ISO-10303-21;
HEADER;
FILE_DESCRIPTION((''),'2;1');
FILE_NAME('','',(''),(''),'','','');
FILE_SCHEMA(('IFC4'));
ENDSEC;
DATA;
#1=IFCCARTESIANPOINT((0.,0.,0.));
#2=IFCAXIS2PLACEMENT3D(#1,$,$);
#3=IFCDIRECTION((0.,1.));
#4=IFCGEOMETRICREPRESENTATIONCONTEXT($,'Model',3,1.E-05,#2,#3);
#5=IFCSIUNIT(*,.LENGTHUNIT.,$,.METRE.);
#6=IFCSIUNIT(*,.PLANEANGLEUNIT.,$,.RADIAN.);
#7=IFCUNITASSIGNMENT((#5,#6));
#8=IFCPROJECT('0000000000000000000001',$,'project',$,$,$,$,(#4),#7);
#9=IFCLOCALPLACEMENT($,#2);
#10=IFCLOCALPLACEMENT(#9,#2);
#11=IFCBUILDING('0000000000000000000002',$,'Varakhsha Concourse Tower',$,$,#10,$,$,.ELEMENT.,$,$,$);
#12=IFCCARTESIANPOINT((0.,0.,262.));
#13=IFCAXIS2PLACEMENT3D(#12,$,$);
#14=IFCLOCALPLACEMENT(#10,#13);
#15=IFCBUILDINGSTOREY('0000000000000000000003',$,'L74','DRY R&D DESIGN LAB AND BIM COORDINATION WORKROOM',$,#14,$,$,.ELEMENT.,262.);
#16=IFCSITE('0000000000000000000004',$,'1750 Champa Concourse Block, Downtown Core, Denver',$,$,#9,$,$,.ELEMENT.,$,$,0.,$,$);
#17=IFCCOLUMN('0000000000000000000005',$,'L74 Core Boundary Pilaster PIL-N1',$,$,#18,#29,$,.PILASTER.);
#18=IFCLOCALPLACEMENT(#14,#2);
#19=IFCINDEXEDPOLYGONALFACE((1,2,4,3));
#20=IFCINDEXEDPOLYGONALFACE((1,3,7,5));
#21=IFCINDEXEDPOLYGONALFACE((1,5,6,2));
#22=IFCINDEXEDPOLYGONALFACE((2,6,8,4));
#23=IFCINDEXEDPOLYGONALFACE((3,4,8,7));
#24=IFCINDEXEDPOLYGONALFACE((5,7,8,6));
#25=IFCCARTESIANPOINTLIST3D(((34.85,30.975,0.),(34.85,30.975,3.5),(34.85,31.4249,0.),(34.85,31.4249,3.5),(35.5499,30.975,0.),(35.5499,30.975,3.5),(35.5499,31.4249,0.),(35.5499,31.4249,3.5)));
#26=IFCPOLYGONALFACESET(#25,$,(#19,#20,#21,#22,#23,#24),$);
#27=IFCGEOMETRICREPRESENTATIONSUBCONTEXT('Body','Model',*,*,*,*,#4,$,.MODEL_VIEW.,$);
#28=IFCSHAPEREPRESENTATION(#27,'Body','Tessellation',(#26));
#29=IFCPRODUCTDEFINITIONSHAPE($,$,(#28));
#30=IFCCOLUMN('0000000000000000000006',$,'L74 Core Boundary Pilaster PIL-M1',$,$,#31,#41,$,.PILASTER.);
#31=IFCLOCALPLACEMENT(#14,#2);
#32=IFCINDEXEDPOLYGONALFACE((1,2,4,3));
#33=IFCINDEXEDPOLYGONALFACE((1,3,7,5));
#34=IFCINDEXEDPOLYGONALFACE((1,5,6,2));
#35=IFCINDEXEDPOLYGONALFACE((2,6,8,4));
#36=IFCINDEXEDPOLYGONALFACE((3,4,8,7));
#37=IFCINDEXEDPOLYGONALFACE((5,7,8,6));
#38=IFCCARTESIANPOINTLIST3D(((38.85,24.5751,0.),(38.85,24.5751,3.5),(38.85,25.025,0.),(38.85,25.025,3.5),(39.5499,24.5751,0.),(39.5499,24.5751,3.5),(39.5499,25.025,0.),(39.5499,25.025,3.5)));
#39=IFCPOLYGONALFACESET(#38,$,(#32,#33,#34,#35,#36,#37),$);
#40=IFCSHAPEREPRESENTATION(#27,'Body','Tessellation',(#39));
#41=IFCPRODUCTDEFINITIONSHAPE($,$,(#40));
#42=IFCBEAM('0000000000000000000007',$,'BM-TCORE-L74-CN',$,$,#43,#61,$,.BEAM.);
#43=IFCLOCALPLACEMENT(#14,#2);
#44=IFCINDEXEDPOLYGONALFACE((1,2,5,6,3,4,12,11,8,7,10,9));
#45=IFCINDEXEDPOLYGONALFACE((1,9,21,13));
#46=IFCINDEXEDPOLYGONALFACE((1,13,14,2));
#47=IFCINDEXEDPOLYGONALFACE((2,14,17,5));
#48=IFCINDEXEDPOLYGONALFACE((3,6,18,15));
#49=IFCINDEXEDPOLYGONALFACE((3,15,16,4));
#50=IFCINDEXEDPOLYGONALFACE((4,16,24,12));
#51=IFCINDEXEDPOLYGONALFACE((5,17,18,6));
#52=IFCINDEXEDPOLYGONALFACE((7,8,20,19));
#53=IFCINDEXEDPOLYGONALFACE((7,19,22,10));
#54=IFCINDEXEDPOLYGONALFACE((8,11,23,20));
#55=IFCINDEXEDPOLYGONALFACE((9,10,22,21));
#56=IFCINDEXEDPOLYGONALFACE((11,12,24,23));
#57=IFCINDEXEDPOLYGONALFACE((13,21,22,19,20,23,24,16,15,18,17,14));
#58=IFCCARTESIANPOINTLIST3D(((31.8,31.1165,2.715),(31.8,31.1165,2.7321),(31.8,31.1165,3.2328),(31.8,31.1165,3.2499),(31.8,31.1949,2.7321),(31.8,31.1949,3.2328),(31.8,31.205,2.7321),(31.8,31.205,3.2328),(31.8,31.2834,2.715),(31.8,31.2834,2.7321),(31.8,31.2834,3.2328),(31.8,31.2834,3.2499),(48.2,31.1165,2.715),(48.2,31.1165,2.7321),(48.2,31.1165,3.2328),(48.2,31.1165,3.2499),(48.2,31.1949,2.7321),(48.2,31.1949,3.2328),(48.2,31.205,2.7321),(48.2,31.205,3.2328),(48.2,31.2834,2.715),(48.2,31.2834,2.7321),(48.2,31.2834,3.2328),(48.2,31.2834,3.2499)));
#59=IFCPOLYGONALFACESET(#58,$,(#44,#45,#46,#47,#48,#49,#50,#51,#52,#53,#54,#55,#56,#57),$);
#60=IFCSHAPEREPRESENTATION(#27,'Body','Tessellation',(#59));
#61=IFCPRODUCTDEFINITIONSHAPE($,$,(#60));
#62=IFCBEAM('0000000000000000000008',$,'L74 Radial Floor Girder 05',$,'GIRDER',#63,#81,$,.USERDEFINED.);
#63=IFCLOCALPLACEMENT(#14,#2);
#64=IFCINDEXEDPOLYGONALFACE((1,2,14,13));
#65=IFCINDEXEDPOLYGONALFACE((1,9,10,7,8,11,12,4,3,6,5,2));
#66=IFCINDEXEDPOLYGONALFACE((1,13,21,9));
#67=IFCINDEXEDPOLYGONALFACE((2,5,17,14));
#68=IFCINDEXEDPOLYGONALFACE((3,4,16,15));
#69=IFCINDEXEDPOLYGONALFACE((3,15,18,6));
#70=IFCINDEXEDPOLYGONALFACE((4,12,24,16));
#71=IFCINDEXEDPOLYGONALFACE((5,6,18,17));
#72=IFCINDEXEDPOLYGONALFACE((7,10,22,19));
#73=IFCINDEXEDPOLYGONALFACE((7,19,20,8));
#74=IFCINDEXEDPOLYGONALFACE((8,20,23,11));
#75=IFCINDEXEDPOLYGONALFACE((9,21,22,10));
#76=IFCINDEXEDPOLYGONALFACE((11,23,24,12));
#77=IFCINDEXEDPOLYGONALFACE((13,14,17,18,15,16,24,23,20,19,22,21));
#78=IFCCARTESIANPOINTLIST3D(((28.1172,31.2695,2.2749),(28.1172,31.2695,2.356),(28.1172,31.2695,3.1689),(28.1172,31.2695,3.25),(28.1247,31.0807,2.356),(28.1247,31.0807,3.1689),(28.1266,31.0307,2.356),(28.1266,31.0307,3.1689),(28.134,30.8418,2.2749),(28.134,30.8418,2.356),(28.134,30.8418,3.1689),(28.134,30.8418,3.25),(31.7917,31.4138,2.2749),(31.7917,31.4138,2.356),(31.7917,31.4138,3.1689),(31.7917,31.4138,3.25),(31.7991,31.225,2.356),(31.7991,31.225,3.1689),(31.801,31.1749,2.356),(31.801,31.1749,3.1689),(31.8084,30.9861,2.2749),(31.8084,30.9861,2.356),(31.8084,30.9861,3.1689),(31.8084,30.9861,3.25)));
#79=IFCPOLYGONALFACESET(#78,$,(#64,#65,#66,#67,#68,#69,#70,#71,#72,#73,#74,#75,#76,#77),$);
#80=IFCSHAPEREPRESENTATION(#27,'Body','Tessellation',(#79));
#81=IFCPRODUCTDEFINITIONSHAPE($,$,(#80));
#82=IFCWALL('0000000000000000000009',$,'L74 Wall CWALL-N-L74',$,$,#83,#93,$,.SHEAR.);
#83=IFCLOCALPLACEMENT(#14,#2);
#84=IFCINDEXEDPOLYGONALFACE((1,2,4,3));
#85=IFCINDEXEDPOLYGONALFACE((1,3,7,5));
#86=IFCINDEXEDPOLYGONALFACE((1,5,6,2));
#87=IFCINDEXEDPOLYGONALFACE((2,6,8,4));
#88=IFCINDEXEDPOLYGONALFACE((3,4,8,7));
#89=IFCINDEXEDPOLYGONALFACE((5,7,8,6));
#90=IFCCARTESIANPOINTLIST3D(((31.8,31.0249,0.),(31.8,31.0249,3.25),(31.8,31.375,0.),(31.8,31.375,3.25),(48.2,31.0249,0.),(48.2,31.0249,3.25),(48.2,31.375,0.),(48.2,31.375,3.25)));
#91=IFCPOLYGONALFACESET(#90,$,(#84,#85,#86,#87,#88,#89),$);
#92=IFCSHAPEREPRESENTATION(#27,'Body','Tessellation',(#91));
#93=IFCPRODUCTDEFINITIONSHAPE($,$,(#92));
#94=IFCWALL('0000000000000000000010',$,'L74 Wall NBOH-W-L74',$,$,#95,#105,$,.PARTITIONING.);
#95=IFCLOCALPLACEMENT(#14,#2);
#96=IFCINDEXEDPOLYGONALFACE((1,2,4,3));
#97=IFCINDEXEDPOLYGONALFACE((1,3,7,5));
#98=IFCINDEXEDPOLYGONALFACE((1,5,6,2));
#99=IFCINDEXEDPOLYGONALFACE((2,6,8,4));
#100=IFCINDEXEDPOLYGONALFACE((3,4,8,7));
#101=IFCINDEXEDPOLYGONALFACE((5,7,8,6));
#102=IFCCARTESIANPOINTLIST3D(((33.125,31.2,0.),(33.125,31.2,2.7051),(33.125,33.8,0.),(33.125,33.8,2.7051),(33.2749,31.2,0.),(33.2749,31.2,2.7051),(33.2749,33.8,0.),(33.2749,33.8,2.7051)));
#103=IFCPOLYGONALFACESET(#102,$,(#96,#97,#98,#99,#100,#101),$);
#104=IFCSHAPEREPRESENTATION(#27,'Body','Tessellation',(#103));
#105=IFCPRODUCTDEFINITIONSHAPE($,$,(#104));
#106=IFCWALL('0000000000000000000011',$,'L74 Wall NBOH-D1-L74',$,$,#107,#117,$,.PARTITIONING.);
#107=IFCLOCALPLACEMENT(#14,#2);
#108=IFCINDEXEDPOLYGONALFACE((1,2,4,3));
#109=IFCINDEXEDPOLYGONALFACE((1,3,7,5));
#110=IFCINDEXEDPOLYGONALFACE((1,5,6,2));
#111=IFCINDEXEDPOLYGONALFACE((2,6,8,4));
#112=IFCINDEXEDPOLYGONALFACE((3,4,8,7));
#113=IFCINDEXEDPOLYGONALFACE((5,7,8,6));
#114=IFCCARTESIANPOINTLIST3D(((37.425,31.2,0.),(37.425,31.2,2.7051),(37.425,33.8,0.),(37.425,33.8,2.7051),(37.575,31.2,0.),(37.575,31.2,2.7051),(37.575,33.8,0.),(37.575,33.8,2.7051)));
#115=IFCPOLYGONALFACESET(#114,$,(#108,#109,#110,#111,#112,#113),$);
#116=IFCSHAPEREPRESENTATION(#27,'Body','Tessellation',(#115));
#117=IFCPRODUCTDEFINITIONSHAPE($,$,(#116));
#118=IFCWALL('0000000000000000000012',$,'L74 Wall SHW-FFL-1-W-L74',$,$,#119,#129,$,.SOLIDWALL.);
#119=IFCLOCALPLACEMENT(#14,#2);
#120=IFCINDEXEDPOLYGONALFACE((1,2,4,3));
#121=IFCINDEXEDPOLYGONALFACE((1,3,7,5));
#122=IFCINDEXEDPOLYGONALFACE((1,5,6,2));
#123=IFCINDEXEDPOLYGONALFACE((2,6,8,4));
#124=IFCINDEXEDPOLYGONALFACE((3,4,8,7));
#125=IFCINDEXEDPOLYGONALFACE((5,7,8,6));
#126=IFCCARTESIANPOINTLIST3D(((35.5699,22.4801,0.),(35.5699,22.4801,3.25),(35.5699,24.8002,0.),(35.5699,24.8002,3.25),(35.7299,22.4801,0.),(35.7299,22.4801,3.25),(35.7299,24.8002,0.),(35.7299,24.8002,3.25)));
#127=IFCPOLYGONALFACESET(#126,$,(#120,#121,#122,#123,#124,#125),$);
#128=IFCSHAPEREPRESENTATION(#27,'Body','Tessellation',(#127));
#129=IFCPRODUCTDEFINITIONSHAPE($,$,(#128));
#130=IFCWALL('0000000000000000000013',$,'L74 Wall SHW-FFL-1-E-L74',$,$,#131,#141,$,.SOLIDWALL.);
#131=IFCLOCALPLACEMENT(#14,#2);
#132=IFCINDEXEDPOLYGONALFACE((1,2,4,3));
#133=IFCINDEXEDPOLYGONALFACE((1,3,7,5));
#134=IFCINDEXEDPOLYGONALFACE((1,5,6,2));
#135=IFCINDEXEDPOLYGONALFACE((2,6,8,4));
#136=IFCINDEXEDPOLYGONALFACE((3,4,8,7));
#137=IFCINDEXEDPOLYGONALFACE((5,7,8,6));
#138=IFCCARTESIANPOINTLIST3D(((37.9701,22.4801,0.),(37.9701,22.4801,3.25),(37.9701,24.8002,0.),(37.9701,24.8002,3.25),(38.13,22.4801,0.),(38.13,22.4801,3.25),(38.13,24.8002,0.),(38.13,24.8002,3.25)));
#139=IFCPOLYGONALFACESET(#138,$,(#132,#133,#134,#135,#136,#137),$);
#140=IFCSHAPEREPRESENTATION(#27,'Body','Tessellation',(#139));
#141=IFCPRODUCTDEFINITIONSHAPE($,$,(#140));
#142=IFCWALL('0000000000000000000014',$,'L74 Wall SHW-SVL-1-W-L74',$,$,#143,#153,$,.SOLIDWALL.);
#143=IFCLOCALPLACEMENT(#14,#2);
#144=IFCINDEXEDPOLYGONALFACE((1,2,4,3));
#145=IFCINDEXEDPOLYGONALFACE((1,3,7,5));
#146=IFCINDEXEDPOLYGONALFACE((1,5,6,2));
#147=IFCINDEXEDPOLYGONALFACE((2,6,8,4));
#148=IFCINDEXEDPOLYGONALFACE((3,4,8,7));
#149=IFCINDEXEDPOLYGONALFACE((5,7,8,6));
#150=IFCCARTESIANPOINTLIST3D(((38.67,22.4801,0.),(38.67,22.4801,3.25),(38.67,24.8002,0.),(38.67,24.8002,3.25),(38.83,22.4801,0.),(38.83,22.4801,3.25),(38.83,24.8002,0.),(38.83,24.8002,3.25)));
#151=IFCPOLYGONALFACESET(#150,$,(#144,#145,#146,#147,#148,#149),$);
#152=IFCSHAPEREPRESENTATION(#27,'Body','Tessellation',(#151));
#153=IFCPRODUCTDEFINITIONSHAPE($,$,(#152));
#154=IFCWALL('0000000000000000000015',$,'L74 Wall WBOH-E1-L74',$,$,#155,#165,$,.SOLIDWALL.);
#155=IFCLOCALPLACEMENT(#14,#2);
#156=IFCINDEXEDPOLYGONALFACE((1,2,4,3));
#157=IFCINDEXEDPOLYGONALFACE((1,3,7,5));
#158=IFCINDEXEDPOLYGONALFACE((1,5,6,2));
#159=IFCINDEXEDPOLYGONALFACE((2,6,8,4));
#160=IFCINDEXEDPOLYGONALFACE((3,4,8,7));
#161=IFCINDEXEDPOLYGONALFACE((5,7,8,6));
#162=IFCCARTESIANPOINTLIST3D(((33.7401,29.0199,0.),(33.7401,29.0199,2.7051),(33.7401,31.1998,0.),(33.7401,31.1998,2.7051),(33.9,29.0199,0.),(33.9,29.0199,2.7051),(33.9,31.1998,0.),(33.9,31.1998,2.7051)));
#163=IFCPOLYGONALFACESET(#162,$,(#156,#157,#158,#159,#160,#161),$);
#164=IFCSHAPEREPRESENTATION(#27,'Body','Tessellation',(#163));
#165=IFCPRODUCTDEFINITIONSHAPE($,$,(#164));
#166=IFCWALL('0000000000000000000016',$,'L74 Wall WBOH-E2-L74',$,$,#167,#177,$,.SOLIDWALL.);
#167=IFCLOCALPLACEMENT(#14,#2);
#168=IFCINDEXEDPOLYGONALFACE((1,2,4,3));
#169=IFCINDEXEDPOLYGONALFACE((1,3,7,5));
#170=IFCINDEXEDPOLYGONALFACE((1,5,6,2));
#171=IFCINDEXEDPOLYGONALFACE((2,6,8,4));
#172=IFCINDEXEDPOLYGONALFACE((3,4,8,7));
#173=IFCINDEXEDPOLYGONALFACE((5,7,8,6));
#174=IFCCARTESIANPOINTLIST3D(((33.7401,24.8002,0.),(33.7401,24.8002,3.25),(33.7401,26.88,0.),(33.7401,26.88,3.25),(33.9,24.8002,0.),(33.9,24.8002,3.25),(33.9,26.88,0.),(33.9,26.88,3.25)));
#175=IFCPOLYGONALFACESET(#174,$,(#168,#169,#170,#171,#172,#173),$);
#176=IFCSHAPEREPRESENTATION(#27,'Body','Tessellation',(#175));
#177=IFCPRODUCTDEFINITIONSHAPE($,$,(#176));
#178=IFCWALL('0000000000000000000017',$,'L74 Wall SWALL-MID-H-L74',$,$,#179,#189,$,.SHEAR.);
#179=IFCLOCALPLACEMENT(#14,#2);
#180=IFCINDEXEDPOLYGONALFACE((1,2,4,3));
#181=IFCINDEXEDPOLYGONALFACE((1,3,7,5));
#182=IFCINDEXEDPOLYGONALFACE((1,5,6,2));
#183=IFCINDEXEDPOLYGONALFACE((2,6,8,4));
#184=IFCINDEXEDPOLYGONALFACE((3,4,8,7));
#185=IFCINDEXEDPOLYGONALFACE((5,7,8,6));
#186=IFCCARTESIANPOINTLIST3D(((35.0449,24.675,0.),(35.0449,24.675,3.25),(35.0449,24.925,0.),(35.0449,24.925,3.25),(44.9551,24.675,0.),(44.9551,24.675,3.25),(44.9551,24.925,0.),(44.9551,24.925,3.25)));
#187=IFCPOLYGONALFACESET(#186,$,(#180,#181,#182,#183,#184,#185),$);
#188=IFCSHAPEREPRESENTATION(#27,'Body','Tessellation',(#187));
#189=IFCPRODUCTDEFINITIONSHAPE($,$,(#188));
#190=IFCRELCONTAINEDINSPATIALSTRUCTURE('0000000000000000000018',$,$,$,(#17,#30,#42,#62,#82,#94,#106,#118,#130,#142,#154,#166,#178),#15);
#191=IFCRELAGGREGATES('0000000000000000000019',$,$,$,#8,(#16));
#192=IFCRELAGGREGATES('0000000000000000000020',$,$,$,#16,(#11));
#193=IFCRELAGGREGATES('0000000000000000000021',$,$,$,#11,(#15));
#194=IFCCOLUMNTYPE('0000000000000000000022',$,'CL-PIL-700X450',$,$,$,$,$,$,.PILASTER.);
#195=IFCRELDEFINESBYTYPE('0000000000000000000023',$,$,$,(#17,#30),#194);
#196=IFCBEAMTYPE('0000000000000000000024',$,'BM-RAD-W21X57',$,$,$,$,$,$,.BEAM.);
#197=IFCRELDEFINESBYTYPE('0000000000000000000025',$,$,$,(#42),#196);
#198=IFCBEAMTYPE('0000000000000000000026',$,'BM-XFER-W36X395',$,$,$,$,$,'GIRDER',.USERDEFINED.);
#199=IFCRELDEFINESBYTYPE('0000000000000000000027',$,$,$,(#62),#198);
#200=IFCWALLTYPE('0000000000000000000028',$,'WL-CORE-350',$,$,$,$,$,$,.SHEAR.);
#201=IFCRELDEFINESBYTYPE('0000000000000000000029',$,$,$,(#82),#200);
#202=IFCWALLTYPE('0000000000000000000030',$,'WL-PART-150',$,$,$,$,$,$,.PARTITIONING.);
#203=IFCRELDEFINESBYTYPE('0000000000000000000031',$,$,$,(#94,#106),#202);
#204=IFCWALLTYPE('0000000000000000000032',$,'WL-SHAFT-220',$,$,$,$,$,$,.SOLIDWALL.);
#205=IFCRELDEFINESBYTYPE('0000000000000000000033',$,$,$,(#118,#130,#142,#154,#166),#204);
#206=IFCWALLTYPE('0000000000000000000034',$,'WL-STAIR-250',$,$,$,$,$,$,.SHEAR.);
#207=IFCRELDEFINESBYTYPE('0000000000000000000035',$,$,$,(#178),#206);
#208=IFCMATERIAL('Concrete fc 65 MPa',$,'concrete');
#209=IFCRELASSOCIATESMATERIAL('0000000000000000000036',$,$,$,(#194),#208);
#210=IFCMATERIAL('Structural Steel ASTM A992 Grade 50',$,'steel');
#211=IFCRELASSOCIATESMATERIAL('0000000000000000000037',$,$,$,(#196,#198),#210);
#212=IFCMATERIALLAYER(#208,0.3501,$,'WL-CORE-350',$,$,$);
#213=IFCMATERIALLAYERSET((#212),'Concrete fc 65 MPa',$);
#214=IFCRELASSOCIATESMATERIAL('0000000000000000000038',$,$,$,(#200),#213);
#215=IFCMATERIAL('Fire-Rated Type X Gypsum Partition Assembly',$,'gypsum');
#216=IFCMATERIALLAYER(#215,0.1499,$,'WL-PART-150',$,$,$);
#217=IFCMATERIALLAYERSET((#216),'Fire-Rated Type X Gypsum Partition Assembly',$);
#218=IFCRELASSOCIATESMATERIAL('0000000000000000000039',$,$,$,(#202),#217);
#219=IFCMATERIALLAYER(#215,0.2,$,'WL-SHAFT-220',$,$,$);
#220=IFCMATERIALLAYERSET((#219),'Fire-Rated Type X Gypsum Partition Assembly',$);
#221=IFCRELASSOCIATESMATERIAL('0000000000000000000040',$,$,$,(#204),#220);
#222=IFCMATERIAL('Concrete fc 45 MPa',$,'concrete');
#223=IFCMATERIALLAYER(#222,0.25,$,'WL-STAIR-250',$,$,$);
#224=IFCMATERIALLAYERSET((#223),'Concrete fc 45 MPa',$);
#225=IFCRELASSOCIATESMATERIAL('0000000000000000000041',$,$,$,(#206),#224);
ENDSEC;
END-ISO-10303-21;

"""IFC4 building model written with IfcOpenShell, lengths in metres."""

from ifc_helpers import new_model, si_unit, direction, frame, frame_2d, origin, origin_2d, place, context, subcontext, project, spatial, rectangle, i_section, extrude, material, layer, layer_set, material_profile, profile_set, type_object, element, save


model = new_model("IFC4")

# Units and contexts
model_context = context("Model", 3, precision=1e-05, world=origin(), true_north=direction((0.0, 1.0)))
body_context = subcontext(model_context, "Body", "Model", "MODEL_VIEW")
ifc_project = project(units=[si_unit("LENGTHUNIT", "METRE"), si_unit("PLANEANGLEUNIT", "RADIAN")], contexts=[model_context])

# Site, building, storey
site_placement = place(None, origin())
site = spatial("IfcSite", under=ifc_project, at=site_placement, Name="1750 Champa Concourse Block, Downtown Core, Denver", CompositionType="ELEMENT", RefElevation=0.0)
building_placement = place(site_placement, origin())
building = spatial("IfcBuilding", under=site, at=building_placement, Name="Varakhsha Concourse Tower", CompositionType="ELEMENT")
storey_placement = place(building_placement, frame((0.0, 0.0, 262.0)))
storey = spatial("IfcBuildingStorey", under=building, at=storey_placement, Name="L74", Description="DRY R&D DESIGN LAB AND BIM COORDINATION WORKROOM", CompositionType="ELEMENT", Elevation=262.0)

# Columns
ifc_material_1 = material(Name="Concrete fc 65 MPa", Category="concrete")
ifc_material_profile_1 = material_profile(ifc_material_1, rectangle(XDim=0.7, YDim=0.45, at=origin_2d()), Name="RC 700x450")
ifc_profile_set_1 = profile_set([ifc_material_profile_1], Name="Concrete fc 65 MPa")
column_type = type_object("IfcColumnType", Name="CL-PIL-700X450", PredefinedType="PILASTER", material=ifc_profile_set_1)
for number, where, z_axis, x_axis, name in (
    (1, (35.2, 31.2, 0.0), (0.0, 0.0, 1.0), (1.0, 0.0, 0.0), "L74 Core Boundary Pilaster PIL-N1"),
    (2, (39.2, 24.8, 0.0), (0.0, 0.0, 1.0), (1.0, 0.0, 0.0), "L74 Core Boundary Pilaster PIL-M1"),
):
    element("IfcColumn", number, at=place(storey_placement, frame(where, z_axis=z_axis, x_axis=x_axis)), inside=storey, type_object=column_type, Name=name, PredefinedType="PILASTER", context=body_context, shape_type="SweptSolid", body=[
        extrude(rectangle(XDim=0.7, YDim=0.45, at=origin_2d()), origin(), (0.0, 0.0, 1.0), 3.5),
    ])

# Beams
ifc_material_2 = material(Name="Structural Steel ASTM A992 Grade 50", Category="steel")
ifc_material_profile_2 = material_profile(ifc_material_2, i_section(OverallWidth=0.167, OverallDepth=0.5349, WebThickness=0.01, FlangeThickness=0.0171, at=origin_2d()), Name="W21X57")
ifc_profile_set_2 = profile_set([ifc_material_profile_2], Name="Structural Steel ASTM A992 Grade 50")
beam_type_1 = type_object("IfcBeamType", Name="BM-RAD-W21X57", PredefinedType="BEAM", material=ifc_profile_set_2)
beam_1_placement = place(storey_placement, frame((31.8, 31.2, 2.9824), z_axis=(1.0, 0.0, 0.0), x_axis=(0.0, 1.0, 0.0)))
element("IfcBeam", 3, at=beam_1_placement, inside=storey, type_object=beam_type_1, Name="BM-TCORE-L74-CN", PredefinedType="BEAM", context=body_context, shape_type="SweptSolid", body=[
    extrude(i_section(OverallWidth=0.167, OverallDepth=0.5349, WebThickness=0.01, FlangeThickness=0.0171, at=origin_2d()), origin(), (0.0, 0.0, 1.0), 16.3999),
])
ifc_material_profile_3 = material_profile(ifc_material_2, i_section(OverallWidth=0.428, OverallDepth=0.9751, WebThickness=0.05, FlangeThickness=0.0811, at=origin_2d()), Name="W36X395")
ifc_profile_set_3 = profile_set([ifc_material_profile_3], Name="Structural Steel ASTM A992 Grade 50")
beam_type_2 = type_object("IfcBeamType", Name="BM-XFER-W36X395", ElementType="GIRDER", PredefinedType="USERDEFINED", material=ifc_profile_set_3)
beam_2_placement = place(storey_placement, frame((31.8, 31.2, 2.7625), z_axis=(-0.99923, -0.039239, 0.0), x_axis=(0.039239, -0.99923, 0.0)))
element("IfcBeam", 4, at=beam_2_placement, inside=storey, type_object=beam_type_2, Name="L74 Radial Floor Girder 05", ObjectType="GIRDER", PredefinedType="USERDEFINED", context=body_context, shape_type="SweptSolid", body=[
    extrude(i_section(OverallWidth=0.428, OverallDepth=0.9751, WebThickness=0.05, FlangeThickness=0.0811, at=origin_2d()), origin(), (0.0, 0.0, 1.0), 3.6772),
])

# Walls
ifc_layer_1 = layer(ifc_material_1, 0.3501, Name="WL-CORE-350")
ifc_layer_set_1 = layer_set([ifc_layer_1], Name="Concrete fc 65 MPa")
wall_type_1 = type_object("IfcWallType", Name="WL-CORE-350", PredefinedType="SHEAR", material=ifc_layer_set_1)
wall_1_placement = place(storey_placement, frame((31.8, 31.2, 0.0), z_axis=(0.0, 0.0, 1.0), x_axis=(1.0, 0.0, 0.0)))
element("IfcWall", 5, at=wall_1_placement, inside=storey, type_object=wall_type_1, Name="L74 Wall CWALL-N-L74", PredefinedType="SHEAR", context=body_context, shape_type="SweptSolid", body=[
    extrude(rectangle(XDim=16.3999, YDim=0.3501, at=frame_2d((8.2, 0.0))), origin(), (0.0, 0.0, 1.0), 3.25),
])
ifc_material_3 = material(Name="Fire-Rated Type X Gypsum Partition Assembly", Category="gypsum")
ifc_layer_2 = layer(ifc_material_3, 0.1499, Name="WL-PART-150")
ifc_layer_set_2 = layer_set([ifc_layer_2], Name="Fire-Rated Type X Gypsum Partition Assembly")
wall_type_2 = type_object("IfcWallType", Name="WL-PART-150", PredefinedType="PARTITIONING", material=ifc_layer_set_2)
for number, where, z_axis, x_axis, name in (
    (6, (33.2, 31.2, 0.0), (0.0, 0.0, 1.0), (0.0, 1.0, 0.0), "L74 Wall NBOH-W-L74"),
    (7, (37.5, 31.2, 0.0), (0.0, 0.0, 1.0), (0.0, 1.0, 0.0), "L74 Wall NBOH-D1-L74"),
):
    element("IfcWall", number, at=place(storey_placement, frame(where, z_axis=z_axis, x_axis=x_axis)), inside=storey, type_object=wall_type_2, Name=name, PredefinedType="PARTITIONING", context=body_context, shape_type="SweptSolid", body=[
        extrude(rectangle(XDim=2.6001, YDim=0.1499, at=frame_2d((1.3, 0.0))), origin(), (0.0, 0.0, 1.0), 2.7051),
    ])

# Shared definitions
ifc_layer_3 = layer(ifc_material_3, 0.2, Name="WL-SHAFT-220")
ifc_layer_set_3 = layer_set([ifc_layer_3], Name="Fire-Rated Type X Gypsum Partition Assembly")
wall_type_3 = type_object("IfcWallType", Name="WL-SHAFT-220", PredefinedType="SOLIDWALL", material=ifc_layer_set_3)

# Walls
for number, where, z_axis, x_axis, name in (
    (8, (35.6499, 22.48, 0.0), (0.0, 0.0, 1.0), (0.0, 1.0, 0.0), "L74 Wall SHW-FFL-1-W-L74"),
    (9, (38.05, 22.48, 0.0), (0.0, 0.0, 1.0), (0.0, 1.0, 0.0), "L74 Wall SHW-FFL-1-E-L74"),
    (10, (38.75, 22.48, 0.0), (0.0, 0.0, 1.0), (0.0, 1.0, 0.0), "L74 Wall SHW-SVL-1-W-L74"),
):
    element("IfcWall", number, at=place(storey_placement, frame(where, z_axis=z_axis, x_axis=x_axis)), inside=storey, type_object=wall_type_3, Name=name, PredefinedType="SOLIDWALL", context=body_context, shape_type="SweptSolid", body=[
        extrude(rectangle(XDim=2.3201, YDim=0.1599, at=frame_2d((1.1602, 0.0))), origin(), (0.0, 0.0, 1.0), 3.25),
    ])
wall_2_placement = place(storey_placement, frame((33.8201, 29.02, 0.0), z_axis=(0.0, 0.0, 1.0), x_axis=(0.0, 1.0, 0.0)))
element("IfcWall", 11, at=wall_2_placement, inside=storey, type_object=wall_type_3, Name="L74 Wall WBOH-E1-L74", PredefinedType="SOLIDWALL", context=body_context, shape_type="SweptSolid", body=[
    extrude(rectangle(XDim=2.1799, YDim=0.1599, at=frame_2d((1.0898, 0.0))), origin(), (0.0, 0.0, 1.0), 2.7051),
])
wall_3_placement = place(storey_placement, frame((33.8201, 24.8, 0.0), z_axis=(0.0, 0.0, 1.0), x_axis=(0.0, 1.0, 0.0)))
element("IfcWall", 12, at=wall_3_placement, inside=storey, type_object=wall_type_3, Name="L74 Wall WBOH-E2-L74", PredefinedType="SOLIDWALL", context=body_context, shape_type="SweptSolid", body=[
    extrude(rectangle(XDim=2.0798, YDim=0.1599, at=frame_2d((1.04, 0.0))), origin(), (0.0, 0.0, 1.0), 3.25),
])
ifc_material_4 = material(Name="Concrete fc 45 MPa", Category="concrete")
ifc_layer_4 = layer(ifc_material_4, 0.25, Name="WL-STAIR-250")
ifc_layer_set_4 = layer_set([ifc_layer_4], Name="Concrete fc 45 MPa")
wall_type_4 = type_object("IfcWallType", Name="WL-STAIR-250", PredefinedType="SHEAR", material=ifc_layer_set_4)
wall_4_placement = place(storey_placement, frame((35.0449, 24.8, 0.0), z_axis=(0.0, 0.0, 1.0), x_axis=(1.0, 0.0, 0.0)))
element("IfcWall", 13, at=wall_4_placement, inside=storey, type_object=wall_type_4, Name="L74 Wall SWALL-MID-H-L74", PredefinedType="SHEAR", context=body_context, shape_type="SweptSolid", body=[
    extrude(rectangle(XDim=9.9102, YDim=0.25, at=frame_2d((4.9551, 0.0))), origin(), (0.0, 0.0, 1.0), 3.25),
])

save(model, "model.ifc")
